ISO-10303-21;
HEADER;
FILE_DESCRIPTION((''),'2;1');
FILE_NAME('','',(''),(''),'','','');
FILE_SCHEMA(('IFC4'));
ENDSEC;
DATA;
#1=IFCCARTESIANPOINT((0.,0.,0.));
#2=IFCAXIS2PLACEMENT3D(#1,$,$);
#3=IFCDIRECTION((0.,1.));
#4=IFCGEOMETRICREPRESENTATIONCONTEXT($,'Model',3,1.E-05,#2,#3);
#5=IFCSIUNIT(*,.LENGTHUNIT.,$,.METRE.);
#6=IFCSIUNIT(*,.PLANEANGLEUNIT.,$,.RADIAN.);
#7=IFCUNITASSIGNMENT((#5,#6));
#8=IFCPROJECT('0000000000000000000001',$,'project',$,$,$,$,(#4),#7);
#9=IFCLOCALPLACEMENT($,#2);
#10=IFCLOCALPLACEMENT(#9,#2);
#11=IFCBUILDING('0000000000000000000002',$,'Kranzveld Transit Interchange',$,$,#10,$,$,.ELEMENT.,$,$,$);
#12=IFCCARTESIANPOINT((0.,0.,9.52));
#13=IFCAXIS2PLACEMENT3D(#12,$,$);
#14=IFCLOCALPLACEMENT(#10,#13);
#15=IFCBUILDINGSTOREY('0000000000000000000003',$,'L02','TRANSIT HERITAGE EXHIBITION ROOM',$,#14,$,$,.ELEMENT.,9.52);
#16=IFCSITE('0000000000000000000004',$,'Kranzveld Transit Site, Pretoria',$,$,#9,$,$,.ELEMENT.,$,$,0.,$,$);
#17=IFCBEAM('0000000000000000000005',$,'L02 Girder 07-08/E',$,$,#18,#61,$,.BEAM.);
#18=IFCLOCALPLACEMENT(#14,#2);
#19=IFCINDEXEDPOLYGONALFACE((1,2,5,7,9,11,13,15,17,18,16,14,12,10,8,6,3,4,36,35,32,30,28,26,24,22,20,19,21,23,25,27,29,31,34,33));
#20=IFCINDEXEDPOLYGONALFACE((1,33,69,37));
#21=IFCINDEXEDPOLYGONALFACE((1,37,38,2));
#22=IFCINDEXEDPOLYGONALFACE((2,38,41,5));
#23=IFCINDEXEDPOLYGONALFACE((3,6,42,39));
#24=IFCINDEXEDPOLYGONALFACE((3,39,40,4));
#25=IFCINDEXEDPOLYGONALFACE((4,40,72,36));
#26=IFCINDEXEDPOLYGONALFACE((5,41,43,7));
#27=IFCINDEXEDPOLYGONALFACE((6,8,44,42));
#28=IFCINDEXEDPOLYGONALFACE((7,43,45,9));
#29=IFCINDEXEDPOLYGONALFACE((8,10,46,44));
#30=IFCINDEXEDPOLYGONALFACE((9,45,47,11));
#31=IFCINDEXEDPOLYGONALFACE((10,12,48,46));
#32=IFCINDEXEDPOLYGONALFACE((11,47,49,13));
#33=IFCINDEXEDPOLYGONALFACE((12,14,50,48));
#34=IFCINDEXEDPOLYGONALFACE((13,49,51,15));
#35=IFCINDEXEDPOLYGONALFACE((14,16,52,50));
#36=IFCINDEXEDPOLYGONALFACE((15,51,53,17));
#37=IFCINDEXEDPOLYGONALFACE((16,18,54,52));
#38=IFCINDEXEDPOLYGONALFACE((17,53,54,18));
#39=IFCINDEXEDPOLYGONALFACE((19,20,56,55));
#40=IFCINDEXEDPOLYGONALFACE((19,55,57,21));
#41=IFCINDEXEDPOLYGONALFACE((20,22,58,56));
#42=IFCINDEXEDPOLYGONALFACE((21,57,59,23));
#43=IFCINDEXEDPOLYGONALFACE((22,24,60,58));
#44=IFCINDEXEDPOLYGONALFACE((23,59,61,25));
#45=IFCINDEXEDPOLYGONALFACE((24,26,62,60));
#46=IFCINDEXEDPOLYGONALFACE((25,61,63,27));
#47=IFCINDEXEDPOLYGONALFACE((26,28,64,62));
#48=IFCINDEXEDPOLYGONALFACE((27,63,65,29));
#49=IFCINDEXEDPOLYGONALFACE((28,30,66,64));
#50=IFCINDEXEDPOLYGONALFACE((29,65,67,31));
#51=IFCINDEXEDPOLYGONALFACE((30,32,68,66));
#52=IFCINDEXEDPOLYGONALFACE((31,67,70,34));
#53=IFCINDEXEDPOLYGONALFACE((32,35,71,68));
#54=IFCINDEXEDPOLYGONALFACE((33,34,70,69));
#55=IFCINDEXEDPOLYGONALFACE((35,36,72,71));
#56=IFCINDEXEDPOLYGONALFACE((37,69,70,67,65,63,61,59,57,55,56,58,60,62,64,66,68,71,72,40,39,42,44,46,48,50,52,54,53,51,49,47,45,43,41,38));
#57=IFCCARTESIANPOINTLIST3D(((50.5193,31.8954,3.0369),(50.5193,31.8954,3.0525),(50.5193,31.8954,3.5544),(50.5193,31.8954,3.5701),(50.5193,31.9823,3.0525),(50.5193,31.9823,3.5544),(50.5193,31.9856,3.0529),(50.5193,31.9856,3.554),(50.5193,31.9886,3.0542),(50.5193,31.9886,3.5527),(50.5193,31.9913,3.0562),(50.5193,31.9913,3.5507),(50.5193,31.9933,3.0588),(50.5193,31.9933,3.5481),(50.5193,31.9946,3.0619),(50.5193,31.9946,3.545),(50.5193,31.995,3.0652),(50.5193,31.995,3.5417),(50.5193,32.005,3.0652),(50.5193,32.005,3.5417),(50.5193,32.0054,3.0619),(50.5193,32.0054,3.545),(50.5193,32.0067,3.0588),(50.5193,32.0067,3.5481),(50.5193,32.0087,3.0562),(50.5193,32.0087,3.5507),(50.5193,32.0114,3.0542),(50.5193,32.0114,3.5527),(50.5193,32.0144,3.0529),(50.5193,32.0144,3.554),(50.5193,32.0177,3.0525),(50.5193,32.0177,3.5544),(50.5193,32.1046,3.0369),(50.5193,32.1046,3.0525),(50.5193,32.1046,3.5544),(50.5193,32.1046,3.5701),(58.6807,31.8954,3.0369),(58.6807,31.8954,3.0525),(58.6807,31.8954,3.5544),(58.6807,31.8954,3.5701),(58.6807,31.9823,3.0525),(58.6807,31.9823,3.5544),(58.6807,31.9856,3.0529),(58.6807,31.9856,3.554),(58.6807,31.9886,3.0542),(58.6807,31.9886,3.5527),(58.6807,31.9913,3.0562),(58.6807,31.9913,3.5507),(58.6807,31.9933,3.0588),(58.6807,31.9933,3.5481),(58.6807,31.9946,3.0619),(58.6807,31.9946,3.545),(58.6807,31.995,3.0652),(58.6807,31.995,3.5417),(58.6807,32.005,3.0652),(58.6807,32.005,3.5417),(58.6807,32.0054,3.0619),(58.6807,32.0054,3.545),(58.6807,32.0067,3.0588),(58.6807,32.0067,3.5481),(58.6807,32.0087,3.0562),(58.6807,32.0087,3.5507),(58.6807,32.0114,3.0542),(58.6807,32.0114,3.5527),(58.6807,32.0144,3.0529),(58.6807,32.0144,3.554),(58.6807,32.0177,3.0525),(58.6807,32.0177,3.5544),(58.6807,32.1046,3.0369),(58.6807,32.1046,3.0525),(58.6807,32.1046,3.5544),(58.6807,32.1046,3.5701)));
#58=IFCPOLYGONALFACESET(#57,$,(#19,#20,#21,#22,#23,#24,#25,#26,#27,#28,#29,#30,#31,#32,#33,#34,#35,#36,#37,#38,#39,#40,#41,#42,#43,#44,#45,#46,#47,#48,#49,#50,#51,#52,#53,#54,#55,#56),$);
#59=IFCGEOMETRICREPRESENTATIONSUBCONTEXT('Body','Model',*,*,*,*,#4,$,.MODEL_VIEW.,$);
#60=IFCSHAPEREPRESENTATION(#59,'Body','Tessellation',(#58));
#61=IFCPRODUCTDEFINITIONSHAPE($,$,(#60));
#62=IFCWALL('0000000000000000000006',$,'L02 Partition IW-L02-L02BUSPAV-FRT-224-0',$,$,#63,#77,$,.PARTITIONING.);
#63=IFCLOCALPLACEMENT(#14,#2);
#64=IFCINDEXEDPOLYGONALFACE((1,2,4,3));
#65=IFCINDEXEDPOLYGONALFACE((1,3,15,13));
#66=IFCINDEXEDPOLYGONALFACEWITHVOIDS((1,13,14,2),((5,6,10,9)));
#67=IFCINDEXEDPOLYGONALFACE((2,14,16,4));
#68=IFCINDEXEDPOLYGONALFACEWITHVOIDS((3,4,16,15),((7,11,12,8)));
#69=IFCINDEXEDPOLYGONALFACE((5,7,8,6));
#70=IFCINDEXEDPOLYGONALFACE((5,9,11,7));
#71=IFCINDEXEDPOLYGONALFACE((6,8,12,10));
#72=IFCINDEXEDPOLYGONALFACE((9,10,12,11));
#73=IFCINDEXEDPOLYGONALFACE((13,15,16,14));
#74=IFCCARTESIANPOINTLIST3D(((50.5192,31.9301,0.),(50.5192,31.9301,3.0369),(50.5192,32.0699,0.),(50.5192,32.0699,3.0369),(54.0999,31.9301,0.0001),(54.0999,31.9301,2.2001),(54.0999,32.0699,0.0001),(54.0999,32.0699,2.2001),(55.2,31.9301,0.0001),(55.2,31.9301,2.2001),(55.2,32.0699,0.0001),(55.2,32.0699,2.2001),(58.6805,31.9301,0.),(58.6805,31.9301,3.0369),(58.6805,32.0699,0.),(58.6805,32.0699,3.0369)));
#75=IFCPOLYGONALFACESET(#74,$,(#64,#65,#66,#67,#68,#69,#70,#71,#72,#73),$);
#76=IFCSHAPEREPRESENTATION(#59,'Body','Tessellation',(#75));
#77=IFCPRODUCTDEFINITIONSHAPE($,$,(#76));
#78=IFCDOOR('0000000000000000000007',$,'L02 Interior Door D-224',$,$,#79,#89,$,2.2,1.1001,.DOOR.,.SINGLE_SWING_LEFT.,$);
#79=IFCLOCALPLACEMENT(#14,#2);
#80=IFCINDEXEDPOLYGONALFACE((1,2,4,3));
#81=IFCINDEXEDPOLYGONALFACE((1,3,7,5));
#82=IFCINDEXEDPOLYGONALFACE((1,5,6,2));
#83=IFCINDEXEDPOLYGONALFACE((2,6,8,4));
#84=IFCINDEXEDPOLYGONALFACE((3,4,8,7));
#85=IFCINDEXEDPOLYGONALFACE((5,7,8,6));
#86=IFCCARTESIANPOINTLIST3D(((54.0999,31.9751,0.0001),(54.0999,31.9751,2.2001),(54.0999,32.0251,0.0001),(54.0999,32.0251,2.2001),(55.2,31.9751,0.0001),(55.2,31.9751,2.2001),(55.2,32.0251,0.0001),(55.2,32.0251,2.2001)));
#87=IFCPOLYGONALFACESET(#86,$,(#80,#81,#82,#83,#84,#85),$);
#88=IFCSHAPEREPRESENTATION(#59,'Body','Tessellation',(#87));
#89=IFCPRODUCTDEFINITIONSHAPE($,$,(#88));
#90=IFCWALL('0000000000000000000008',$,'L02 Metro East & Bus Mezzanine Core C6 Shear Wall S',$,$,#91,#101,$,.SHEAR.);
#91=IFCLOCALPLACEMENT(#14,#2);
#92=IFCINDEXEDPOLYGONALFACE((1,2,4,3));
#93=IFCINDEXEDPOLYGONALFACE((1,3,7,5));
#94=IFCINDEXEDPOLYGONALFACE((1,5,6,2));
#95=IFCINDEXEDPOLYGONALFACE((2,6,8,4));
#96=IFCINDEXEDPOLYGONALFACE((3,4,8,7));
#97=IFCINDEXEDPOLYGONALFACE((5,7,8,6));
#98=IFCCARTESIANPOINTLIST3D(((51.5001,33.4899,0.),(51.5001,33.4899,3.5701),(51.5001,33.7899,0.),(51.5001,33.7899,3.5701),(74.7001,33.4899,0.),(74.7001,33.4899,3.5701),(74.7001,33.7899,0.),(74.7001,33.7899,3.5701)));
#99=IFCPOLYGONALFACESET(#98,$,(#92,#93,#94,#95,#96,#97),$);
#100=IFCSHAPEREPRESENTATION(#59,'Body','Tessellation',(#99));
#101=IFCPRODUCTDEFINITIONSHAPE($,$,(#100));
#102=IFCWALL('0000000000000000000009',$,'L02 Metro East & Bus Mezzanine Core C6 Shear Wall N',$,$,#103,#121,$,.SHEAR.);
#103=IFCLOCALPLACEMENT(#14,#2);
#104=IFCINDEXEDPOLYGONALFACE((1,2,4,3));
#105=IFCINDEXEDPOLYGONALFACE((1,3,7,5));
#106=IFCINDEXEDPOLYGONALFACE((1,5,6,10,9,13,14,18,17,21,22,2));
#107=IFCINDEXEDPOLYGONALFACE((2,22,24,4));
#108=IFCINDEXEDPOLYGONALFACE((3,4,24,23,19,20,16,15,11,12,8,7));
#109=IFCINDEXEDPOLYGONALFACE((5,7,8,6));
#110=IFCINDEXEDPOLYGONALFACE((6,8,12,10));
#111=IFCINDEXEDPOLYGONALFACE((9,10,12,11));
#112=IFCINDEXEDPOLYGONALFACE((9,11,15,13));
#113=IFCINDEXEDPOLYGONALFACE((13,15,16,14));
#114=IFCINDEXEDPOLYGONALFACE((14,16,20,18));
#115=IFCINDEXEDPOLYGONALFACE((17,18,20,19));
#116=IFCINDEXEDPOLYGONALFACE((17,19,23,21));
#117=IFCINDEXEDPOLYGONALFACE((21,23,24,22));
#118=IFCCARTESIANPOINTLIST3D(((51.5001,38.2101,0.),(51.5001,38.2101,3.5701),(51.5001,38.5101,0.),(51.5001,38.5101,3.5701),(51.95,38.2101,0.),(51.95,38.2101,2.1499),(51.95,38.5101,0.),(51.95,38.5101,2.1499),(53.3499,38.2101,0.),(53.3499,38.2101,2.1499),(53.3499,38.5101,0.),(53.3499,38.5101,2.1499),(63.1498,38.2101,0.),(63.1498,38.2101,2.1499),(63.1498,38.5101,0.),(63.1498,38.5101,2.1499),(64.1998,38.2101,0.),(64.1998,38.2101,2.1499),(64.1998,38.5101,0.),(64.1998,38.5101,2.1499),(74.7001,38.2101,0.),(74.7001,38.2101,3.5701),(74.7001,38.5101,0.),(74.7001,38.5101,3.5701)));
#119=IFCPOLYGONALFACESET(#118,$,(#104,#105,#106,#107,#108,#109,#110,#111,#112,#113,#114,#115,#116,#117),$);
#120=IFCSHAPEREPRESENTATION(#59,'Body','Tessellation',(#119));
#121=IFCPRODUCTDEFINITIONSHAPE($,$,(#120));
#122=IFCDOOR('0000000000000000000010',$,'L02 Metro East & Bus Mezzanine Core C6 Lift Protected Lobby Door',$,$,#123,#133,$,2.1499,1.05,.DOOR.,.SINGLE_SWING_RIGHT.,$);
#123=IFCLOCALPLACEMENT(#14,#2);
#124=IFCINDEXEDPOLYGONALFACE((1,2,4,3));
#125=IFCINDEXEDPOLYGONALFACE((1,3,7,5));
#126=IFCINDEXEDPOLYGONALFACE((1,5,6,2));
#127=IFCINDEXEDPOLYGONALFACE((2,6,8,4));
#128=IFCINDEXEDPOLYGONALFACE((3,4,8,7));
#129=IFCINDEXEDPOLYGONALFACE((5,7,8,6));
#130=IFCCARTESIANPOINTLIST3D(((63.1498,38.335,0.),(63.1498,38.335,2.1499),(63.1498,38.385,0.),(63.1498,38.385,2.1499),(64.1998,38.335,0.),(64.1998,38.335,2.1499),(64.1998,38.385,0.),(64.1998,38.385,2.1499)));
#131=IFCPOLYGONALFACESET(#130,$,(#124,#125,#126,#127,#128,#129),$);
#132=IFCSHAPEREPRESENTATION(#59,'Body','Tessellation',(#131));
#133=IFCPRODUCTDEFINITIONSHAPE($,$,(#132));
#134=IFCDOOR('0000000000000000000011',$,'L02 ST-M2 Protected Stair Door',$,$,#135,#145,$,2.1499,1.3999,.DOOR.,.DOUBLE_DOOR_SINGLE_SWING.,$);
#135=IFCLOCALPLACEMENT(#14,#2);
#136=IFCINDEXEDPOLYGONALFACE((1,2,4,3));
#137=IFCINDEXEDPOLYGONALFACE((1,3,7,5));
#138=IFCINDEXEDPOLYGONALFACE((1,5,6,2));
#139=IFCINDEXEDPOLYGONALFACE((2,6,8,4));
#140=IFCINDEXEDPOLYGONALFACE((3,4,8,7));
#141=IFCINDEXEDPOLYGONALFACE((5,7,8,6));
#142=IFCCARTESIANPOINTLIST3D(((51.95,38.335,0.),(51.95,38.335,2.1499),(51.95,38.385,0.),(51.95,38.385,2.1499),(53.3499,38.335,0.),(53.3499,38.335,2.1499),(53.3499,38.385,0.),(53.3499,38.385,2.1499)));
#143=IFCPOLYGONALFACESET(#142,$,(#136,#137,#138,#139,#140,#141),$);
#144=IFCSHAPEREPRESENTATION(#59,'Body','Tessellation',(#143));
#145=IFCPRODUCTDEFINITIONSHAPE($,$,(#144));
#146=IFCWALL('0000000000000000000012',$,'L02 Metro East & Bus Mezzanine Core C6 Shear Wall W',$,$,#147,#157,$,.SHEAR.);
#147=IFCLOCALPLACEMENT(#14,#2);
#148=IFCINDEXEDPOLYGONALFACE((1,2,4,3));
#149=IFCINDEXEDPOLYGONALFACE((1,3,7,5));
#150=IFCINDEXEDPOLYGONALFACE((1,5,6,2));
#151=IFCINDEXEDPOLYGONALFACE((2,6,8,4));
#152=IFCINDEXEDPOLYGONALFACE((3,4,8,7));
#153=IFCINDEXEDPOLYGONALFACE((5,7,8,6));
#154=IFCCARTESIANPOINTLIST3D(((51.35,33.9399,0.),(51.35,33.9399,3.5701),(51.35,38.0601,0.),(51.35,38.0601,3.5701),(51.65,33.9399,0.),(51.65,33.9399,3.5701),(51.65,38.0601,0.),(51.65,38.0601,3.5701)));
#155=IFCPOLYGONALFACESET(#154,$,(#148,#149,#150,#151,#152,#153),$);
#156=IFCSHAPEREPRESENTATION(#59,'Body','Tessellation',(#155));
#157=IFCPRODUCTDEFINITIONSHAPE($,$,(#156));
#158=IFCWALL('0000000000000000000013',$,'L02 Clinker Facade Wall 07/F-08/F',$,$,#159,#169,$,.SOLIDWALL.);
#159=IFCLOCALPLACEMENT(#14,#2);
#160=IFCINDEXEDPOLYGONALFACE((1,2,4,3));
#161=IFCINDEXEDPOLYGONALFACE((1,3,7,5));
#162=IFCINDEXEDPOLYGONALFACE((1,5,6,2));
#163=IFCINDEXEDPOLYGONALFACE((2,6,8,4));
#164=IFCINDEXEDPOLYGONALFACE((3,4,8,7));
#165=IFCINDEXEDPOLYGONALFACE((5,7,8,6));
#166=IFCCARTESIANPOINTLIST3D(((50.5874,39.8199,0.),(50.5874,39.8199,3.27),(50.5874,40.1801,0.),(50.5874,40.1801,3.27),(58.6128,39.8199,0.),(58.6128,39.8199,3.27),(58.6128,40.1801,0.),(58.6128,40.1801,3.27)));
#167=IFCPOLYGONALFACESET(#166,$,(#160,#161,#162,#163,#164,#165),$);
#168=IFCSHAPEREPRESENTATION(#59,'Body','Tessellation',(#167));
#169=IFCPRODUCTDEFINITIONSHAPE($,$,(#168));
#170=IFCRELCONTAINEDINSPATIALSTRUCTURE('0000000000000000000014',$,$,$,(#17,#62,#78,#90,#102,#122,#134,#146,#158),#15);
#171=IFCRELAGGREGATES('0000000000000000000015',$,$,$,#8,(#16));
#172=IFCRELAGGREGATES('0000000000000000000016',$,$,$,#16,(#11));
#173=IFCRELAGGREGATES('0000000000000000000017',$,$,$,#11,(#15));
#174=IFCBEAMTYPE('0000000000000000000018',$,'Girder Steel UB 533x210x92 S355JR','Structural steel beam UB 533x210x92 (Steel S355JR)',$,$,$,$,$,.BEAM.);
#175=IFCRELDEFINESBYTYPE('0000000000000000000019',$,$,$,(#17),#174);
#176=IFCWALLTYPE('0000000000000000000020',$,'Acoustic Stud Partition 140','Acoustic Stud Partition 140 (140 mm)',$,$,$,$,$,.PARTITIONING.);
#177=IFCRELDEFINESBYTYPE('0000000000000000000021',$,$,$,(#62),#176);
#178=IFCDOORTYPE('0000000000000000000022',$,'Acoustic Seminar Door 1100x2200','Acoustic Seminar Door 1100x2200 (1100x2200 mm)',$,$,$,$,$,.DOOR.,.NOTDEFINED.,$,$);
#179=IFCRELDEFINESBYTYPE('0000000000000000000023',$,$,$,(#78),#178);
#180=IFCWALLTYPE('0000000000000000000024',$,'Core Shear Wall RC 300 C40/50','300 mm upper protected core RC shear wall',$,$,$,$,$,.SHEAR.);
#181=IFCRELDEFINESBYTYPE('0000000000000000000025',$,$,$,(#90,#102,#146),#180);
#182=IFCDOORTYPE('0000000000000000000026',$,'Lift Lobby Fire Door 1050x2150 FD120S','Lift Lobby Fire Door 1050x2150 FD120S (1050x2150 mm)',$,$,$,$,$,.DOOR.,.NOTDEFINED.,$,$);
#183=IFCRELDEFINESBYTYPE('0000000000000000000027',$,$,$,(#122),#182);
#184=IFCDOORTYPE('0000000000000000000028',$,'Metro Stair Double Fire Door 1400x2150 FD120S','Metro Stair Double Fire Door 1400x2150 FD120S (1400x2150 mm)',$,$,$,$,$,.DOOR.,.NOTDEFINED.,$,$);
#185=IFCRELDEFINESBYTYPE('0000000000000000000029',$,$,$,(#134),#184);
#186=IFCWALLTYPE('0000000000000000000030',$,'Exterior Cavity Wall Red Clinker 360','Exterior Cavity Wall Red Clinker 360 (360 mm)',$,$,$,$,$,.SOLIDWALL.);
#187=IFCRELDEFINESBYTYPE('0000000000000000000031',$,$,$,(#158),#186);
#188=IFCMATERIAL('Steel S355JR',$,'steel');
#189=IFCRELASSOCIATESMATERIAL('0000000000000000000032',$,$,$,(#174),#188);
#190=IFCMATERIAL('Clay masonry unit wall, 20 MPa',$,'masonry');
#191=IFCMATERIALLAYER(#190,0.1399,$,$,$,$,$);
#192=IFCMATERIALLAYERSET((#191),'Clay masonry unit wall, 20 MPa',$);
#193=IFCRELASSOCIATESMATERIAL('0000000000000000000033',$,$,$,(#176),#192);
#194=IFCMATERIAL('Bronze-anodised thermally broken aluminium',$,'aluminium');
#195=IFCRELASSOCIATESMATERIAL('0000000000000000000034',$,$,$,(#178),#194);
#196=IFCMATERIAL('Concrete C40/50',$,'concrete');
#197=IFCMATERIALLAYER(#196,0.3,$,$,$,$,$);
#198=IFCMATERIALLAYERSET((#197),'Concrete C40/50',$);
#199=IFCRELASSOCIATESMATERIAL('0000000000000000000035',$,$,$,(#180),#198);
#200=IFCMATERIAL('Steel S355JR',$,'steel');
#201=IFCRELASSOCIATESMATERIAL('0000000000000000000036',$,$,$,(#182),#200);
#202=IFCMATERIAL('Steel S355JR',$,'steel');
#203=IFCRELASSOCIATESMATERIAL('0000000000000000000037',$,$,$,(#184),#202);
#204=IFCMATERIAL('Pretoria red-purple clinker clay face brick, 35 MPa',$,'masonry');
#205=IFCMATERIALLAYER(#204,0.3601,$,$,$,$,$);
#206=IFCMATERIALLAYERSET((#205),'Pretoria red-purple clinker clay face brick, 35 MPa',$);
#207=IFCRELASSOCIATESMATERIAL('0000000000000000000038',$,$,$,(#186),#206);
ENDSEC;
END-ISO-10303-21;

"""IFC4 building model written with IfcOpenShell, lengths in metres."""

from ifc_helpers import new_model, si_unit, direction, frame, frame_2d, origin, origin_2d, place, context, subcontext, project, spatial, rectangle, i_section, extrude, material, layer, layer_set, material_profile, profile_set, type_object, element, fill, save


model = new_model("IFC4")

# Units and contexts
model_context = context("Model", 3, precision=1e-05, world=origin(), true_north=direction((0.0, 1.0)))
body_context = subcontext(model_context, "Body", "Model", "MODEL_VIEW")
ifc_project = project(units=[si_unit("LENGTHUNIT", "METRE"), si_unit("PLANEANGLEUNIT", "RADIAN")], contexts=[model_context])

# Site, building, storey
site_placement = place(None, origin())
site = spatial("IfcSite", under=ifc_project, at=site_placement, Name="Kranzveld Transit Site, Pretoria", CompositionType="ELEMENT", RefElevation=0.0)
building_placement = place(site_placement, origin())
building = spatial("IfcBuilding", under=site, at=building_placement, Name="Kranzveld Transit Interchange", CompositionType="ELEMENT")
storey_placement = place(building_placement, frame((0.0, 0.0, 9.52)))
storey = spatial("IfcBuildingStorey", under=building, at=storey_placement, Name="L02", Description="TRANSIT HERITAGE EXHIBITION ROOM", CompositionType="ELEMENT", Elevation=9.52)

# Beam
ifc_material_1 = material(Name="Steel S355JR", Category="steel")
ifc_material_profile_1 = material_profile(ifc_material_1, i_section(OverallWidth=0.2092, OverallDepth=0.5332, WebThickness=0.01, FlangeThickness=0.0156, FilletRadius=0.0127, at=origin_2d()), Name="UB 533x210x92")
ifc_profile_set_1 = profile_set([ifc_material_profile_1], Name="Steel S355JR")
beam_type_1 = type_object("IfcBeamType", Name="Girder Steel UB 533x210x92 S355JR", Description="Structural steel beam UB 533x210x92 (Steel S355JR)", PredefinedType="BEAM", material=ifc_profile_set_1)
beam_1_placement = place(storey_placement, frame((50.5193, 32.0, 3.3035), z_axis=(1.0, 0.0, 0.0), x_axis=(0.0, 1.0, 0.0)))
element("IfcBeam", 1, at=beam_1_placement, inside=storey, type_object=beam_type_1, Name="L02 Girder 07-08/E", PredefinedType="BEAM", context=body_context, shape_type="SweptSolid", body=[
    extrude(i_section(OverallWidth=0.2092, OverallDepth=0.5332, WebThickness=0.01, FlangeThickness=0.0156, FilletRadius=0.0127, at=origin_2d()), origin(), (0.0, 0.0, 1.0), 8.1614),
])

# Wall, opening, door
ifc_material_2 = material(Name="Clay masonry unit wall, 20 MPa", Category="masonry")
ifc_layer_1 = layer(ifc_material_2, 0.1399)
ifc_layer_set_1 = layer_set([ifc_layer_1], Name="Clay masonry unit wall, 20 MPa")
wall_type_1 = type_object("IfcWallType", Name="Acoustic Stud Partition 140", Description="Acoustic Stud Partition 140 (140 mm)", PredefinedType="PARTITIONING", material=ifc_layer_set_1)
wall_1_placement = place(storey_placement, frame((50.5193, 32.0, 0.0), z_axis=(0.0, 0.0, 1.0), x_axis=(1.0, 0.0, 0.0)))
wall_1 = element("IfcWall", 2, at=wall_1_placement, inside=storey, type_object=wall_type_1, Name="L02 Partition IW-L02-L02BUSPAV-FRT-224-0", PredefinedType="PARTITIONING", context=body_context, shape_type="SweptSolid", body=[
    extrude(rectangle(XDim=8.1614, YDim=0.1399, at=frame_2d((4.0806, 0.0))), origin(), (0.0, 0.0, 1.0), 3.0369),
])
opening_1_placement = place(wall_1_placement, frame((4.6807, 0.0, 0.0), z_axis=(0.0, 0.0, 1.0), x_axis=(-1.0, 0.0, 0.0)))
opening_1 = element("IfcOpeningElement", 3, at=opening_1_placement, cuts=wall_1, PredefinedType="OPENING", context=body_context, shape_type="SweptSolid", body=[
    extrude(rectangle(XDim=1.1001, YDim=2.2, at=frame_2d((0.55, 1.1001))), frame((0.0, 0.0798, 0.0), z_axis=(0.0, -1.0, 0.0), x_axis=(1.0, 0.0, 0.0)), (0.0, 0.0, 1.0), 0.1599),
])
ifc_material_3 = material(Name="Bronze-anodised thermally broken aluminium", Category="aluminium")
door_type_1 = type_object("IfcDoorType", Name="Acoustic Seminar Door 1100x2200", Description="Acoustic Seminar Door 1100x2200 (1100x2200 mm)", OperationType="NOTDEFINED", PredefinedType="DOOR", material=ifc_material_3)
door_1_placement = place(opening_1_placement, origin())
door_1 = element("IfcDoor", 4, at=door_1_placement, inside=storey, type_object=door_type_1, Name="L02 Interior Door D-224", OperationType="SINGLE_SWING_LEFT", OverallHeight=2.2, OverallWidth=1.1001, PredefinedType="DOOR", context=body_context, shape_type="SweptSolid", body=[
    extrude(rectangle(XDim=1.1001, YDim=2.2, at=frame_2d((0.55, 1.1001))), frame((0.0, 0.0249, 0.0), z_axis=(0.0, -1.0, 0.0), x_axis=(1.0, 0.0, 0.0)), (0.0, 0.0, 1.0), 0.05),
])
fill(opening_1, door_1)

# Wall
ifc_material_4 = material(Name="Concrete C40/50", Category="concrete")
ifc_layer_2 = layer(ifc_material_4, 0.3)
ifc_layer_set_2 = layer_set([ifc_layer_2], Name="Concrete C40/50")
wall_type_2 = type_object("IfcWallType", Name="Core Shear Wall RC 300 C40/50", Description="300 mm upper protected core RC shear wall", PredefinedType="SHEAR", material=ifc_layer_set_2)
wall_2_placement = place(storey_placement, frame((51.5, 33.6399, 0.0), z_axis=(0.0, 0.0, 1.0), x_axis=(1.0, 0.0, 0.0)))
element("IfcWall", 5, at=wall_2_placement, inside=storey, type_object=wall_type_2, Name="L02 Metro East & Bus Mezzanine Core C6 Shear Wall S", PredefinedType="SHEAR", context=body_context, shape_type="SweptSolid", body=[
    extrude(rectangle(XDim=23.2, YDim=0.3, at=frame_2d((11.6001, 0.0))), origin(), (0.0, 0.0, 1.0), 3.5701),
])

# Wall, openings, doors
wall_3_placement = place(storey_placement, frame((51.5, 38.3601, 0.0), z_axis=(0.0, 0.0, 1.0), x_axis=(1.0, 0.0, 0.0)))
wall_3 = element("IfcWall", 6, at=wall_3_placement, inside=storey, type_object=wall_type_2, Name="L02 Metro East & Bus Mezzanine Core C6 Shear Wall N", PredefinedType="SHEAR", context=body_context, shape_type="SweptSolid", body=[
    extrude(rectangle(XDim=23.2, YDim=0.3, at=frame_2d((11.6001, 0.0))), origin(), (0.0, 0.0, 1.0), 3.5701),
])
opening_2_placement = place(wall_3_placement, frame((0.45, 0.0, 0.0), z_axis=(0.0, 0.0, 1.0), x_axis=(1.0, 0.0, 0.0)))
opening_2 = element("IfcOpeningElement", 7, at=opening_2_placement, cuts=wall_3, PredefinedType="OPENING", context=body_context, shape_type="SweptSolid", body=[
    extrude(rectangle(XDim=1.3999, YDim=2.1499, at=frame_2d((0.7, 1.075))), frame((0.0, 0.1599, 0.0), z_axis=(0.0, -1.0, 0.0), x_axis=(1.0, 0.0, 0.0)), (0.0, 0.0, 1.0), 0.3201),
])
opening_3_placement = place(wall_3_placement, frame((11.6499, 0.0, 0.0), z_axis=(0.0, 0.0, 1.0), x_axis=(1.0, 0.0, 0.0)))
opening_3 = element("IfcOpeningElement", 8, at=opening_3_placement, cuts=wall_3, PredefinedType="OPENING", context=body_context, shape_type="SweptSolid", body=[
    extrude(rectangle(XDim=1.05, YDim=2.1499, at=frame_2d((0.5249, 1.075))), frame((0.0, 0.1599, 0.0), z_axis=(0.0, -1.0, 0.0), x_axis=(1.0, 0.0, 0.0)), (0.0, 0.0, 1.0), 0.3201),
])
ifc_material_5 = material(Name="Steel S355JR", Category="steel")
door_type_2 = type_object("IfcDoorType", Name="Lift Lobby Fire Door 1050x2150 FD120S", Description="Lift Lobby Fire Door 1050x2150 FD120S (1050x2150 mm)", OperationType="NOTDEFINED", PredefinedType="DOOR", material=ifc_material_5)
door_2_placement = place(opening_3_placement, origin())
door_2 = element("IfcDoor", 9, at=door_2_placement, inside=storey, type_object=door_type_2, Name="L02 Metro East & Bus Mezzanine Core C6 Lift Protected Lobby Door", OperationType="SINGLE_SWING_RIGHT", OverallHeight=2.1499, OverallWidth=1.05, PredefinedType="DOOR", context=body_context, shape_type="SweptSolid", body=[
    extrude(rectangle(XDim=1.05, YDim=2.1499, at=frame_2d((0.5249, 1.075))), frame((0.0, 0.0249, 0.0), z_axis=(0.0, -1.0, 0.0), x_axis=(1.0, 0.0, 0.0)), (0.0, 0.0, 1.0), 0.05),
])
fill(opening_3, door_2)
ifc_material_6 = material(Name="Steel S355JR", Category="steel")
door_type_3 = type_object("IfcDoorType", Name="Metro Stair Double Fire Door 1400x2150 FD120S", Description="Metro Stair Double Fire Door 1400x2150 FD120S (1400x2150 mm)", OperationType="NOTDEFINED", PredefinedType="DOOR", material=ifc_material_6)
door_3_placement = place(opening_2_placement, origin())
door_3 = element("IfcDoor", 10, at=door_3_placement, inside=storey, type_object=door_type_3, Name="L02 ST-M2 Protected Stair Door", OperationType="DOUBLE_DOOR_SINGLE_SWING", OverallHeight=2.1499, OverallWidth=1.3999, PredefinedType="DOOR", context=body_context, shape_type="SweptSolid", body=[
    extrude(rectangle(XDim=1.3999, YDim=2.1499, at=frame_2d((0.7, 1.075))), frame((0.0, 0.0249, 0.0), z_axis=(0.0, -1.0, 0.0), x_axis=(1.0, 0.0, 0.0)), (0.0, 0.0, 1.0), 0.05),
])
fill(opening_2, door_3)

# Walls
wall_4_placement = place(storey_placement, frame((51.5, 33.9399, 0.0), z_axis=(0.0, 0.0, 1.0), x_axis=(0.0, 1.0, 0.0)))
element("IfcWall", 11, at=wall_4_placement, inside=storey, type_object=wall_type_2, Name="L02 Metro East & Bus Mezzanine Core C6 Shear Wall W", PredefinedType="SHEAR", context=body_context, shape_type="SweptSolid", body=[
    extrude(rectangle(XDim=4.1201, YDim=0.3, at=frame_2d((2.0601, 0.0))), origin(), (0.0, 0.0, 1.0), 3.5701),
])
ifc_material_7 = material(Name="Pretoria red-purple clinker clay face brick, 35 MPa", Category="masonry")
ifc_layer_3 = layer(ifc_material_7, 0.3601)
ifc_layer_set_3 = layer_set([ifc_layer_3], Name="Pretoria red-purple clinker clay face brick, 35 MPa")
wall_type_3 = type_object("IfcWallType", Name="Exterior Cavity Wall Red Clinker 360", Description="Exterior Cavity Wall Red Clinker 360 (360 mm)", PredefinedType="SOLIDWALL", material=ifc_layer_set_3)
wall_5_placement = place(storey_placement, frame((50.5874, 40.0, 0.0), z_axis=(0.0, 0.0, 1.0), x_axis=(1.0, 0.0, 0.0)))
element("IfcWall", 12, at=wall_5_placement, inside=storey, type_object=wall_type_3, Name="L02 Clinker Facade Wall 07/F-08/F", PredefinedType="SOLIDWALL", context=body_context, shape_type="SweptSolid", body=[
    extrude(rectangle(XDim=8.0254, YDim=0.3601, at=frame_2d((4.0127, 0.0))), origin(), (0.0, 0.0, 1.0), 3.27),
])

save(model, "model.ifc")
